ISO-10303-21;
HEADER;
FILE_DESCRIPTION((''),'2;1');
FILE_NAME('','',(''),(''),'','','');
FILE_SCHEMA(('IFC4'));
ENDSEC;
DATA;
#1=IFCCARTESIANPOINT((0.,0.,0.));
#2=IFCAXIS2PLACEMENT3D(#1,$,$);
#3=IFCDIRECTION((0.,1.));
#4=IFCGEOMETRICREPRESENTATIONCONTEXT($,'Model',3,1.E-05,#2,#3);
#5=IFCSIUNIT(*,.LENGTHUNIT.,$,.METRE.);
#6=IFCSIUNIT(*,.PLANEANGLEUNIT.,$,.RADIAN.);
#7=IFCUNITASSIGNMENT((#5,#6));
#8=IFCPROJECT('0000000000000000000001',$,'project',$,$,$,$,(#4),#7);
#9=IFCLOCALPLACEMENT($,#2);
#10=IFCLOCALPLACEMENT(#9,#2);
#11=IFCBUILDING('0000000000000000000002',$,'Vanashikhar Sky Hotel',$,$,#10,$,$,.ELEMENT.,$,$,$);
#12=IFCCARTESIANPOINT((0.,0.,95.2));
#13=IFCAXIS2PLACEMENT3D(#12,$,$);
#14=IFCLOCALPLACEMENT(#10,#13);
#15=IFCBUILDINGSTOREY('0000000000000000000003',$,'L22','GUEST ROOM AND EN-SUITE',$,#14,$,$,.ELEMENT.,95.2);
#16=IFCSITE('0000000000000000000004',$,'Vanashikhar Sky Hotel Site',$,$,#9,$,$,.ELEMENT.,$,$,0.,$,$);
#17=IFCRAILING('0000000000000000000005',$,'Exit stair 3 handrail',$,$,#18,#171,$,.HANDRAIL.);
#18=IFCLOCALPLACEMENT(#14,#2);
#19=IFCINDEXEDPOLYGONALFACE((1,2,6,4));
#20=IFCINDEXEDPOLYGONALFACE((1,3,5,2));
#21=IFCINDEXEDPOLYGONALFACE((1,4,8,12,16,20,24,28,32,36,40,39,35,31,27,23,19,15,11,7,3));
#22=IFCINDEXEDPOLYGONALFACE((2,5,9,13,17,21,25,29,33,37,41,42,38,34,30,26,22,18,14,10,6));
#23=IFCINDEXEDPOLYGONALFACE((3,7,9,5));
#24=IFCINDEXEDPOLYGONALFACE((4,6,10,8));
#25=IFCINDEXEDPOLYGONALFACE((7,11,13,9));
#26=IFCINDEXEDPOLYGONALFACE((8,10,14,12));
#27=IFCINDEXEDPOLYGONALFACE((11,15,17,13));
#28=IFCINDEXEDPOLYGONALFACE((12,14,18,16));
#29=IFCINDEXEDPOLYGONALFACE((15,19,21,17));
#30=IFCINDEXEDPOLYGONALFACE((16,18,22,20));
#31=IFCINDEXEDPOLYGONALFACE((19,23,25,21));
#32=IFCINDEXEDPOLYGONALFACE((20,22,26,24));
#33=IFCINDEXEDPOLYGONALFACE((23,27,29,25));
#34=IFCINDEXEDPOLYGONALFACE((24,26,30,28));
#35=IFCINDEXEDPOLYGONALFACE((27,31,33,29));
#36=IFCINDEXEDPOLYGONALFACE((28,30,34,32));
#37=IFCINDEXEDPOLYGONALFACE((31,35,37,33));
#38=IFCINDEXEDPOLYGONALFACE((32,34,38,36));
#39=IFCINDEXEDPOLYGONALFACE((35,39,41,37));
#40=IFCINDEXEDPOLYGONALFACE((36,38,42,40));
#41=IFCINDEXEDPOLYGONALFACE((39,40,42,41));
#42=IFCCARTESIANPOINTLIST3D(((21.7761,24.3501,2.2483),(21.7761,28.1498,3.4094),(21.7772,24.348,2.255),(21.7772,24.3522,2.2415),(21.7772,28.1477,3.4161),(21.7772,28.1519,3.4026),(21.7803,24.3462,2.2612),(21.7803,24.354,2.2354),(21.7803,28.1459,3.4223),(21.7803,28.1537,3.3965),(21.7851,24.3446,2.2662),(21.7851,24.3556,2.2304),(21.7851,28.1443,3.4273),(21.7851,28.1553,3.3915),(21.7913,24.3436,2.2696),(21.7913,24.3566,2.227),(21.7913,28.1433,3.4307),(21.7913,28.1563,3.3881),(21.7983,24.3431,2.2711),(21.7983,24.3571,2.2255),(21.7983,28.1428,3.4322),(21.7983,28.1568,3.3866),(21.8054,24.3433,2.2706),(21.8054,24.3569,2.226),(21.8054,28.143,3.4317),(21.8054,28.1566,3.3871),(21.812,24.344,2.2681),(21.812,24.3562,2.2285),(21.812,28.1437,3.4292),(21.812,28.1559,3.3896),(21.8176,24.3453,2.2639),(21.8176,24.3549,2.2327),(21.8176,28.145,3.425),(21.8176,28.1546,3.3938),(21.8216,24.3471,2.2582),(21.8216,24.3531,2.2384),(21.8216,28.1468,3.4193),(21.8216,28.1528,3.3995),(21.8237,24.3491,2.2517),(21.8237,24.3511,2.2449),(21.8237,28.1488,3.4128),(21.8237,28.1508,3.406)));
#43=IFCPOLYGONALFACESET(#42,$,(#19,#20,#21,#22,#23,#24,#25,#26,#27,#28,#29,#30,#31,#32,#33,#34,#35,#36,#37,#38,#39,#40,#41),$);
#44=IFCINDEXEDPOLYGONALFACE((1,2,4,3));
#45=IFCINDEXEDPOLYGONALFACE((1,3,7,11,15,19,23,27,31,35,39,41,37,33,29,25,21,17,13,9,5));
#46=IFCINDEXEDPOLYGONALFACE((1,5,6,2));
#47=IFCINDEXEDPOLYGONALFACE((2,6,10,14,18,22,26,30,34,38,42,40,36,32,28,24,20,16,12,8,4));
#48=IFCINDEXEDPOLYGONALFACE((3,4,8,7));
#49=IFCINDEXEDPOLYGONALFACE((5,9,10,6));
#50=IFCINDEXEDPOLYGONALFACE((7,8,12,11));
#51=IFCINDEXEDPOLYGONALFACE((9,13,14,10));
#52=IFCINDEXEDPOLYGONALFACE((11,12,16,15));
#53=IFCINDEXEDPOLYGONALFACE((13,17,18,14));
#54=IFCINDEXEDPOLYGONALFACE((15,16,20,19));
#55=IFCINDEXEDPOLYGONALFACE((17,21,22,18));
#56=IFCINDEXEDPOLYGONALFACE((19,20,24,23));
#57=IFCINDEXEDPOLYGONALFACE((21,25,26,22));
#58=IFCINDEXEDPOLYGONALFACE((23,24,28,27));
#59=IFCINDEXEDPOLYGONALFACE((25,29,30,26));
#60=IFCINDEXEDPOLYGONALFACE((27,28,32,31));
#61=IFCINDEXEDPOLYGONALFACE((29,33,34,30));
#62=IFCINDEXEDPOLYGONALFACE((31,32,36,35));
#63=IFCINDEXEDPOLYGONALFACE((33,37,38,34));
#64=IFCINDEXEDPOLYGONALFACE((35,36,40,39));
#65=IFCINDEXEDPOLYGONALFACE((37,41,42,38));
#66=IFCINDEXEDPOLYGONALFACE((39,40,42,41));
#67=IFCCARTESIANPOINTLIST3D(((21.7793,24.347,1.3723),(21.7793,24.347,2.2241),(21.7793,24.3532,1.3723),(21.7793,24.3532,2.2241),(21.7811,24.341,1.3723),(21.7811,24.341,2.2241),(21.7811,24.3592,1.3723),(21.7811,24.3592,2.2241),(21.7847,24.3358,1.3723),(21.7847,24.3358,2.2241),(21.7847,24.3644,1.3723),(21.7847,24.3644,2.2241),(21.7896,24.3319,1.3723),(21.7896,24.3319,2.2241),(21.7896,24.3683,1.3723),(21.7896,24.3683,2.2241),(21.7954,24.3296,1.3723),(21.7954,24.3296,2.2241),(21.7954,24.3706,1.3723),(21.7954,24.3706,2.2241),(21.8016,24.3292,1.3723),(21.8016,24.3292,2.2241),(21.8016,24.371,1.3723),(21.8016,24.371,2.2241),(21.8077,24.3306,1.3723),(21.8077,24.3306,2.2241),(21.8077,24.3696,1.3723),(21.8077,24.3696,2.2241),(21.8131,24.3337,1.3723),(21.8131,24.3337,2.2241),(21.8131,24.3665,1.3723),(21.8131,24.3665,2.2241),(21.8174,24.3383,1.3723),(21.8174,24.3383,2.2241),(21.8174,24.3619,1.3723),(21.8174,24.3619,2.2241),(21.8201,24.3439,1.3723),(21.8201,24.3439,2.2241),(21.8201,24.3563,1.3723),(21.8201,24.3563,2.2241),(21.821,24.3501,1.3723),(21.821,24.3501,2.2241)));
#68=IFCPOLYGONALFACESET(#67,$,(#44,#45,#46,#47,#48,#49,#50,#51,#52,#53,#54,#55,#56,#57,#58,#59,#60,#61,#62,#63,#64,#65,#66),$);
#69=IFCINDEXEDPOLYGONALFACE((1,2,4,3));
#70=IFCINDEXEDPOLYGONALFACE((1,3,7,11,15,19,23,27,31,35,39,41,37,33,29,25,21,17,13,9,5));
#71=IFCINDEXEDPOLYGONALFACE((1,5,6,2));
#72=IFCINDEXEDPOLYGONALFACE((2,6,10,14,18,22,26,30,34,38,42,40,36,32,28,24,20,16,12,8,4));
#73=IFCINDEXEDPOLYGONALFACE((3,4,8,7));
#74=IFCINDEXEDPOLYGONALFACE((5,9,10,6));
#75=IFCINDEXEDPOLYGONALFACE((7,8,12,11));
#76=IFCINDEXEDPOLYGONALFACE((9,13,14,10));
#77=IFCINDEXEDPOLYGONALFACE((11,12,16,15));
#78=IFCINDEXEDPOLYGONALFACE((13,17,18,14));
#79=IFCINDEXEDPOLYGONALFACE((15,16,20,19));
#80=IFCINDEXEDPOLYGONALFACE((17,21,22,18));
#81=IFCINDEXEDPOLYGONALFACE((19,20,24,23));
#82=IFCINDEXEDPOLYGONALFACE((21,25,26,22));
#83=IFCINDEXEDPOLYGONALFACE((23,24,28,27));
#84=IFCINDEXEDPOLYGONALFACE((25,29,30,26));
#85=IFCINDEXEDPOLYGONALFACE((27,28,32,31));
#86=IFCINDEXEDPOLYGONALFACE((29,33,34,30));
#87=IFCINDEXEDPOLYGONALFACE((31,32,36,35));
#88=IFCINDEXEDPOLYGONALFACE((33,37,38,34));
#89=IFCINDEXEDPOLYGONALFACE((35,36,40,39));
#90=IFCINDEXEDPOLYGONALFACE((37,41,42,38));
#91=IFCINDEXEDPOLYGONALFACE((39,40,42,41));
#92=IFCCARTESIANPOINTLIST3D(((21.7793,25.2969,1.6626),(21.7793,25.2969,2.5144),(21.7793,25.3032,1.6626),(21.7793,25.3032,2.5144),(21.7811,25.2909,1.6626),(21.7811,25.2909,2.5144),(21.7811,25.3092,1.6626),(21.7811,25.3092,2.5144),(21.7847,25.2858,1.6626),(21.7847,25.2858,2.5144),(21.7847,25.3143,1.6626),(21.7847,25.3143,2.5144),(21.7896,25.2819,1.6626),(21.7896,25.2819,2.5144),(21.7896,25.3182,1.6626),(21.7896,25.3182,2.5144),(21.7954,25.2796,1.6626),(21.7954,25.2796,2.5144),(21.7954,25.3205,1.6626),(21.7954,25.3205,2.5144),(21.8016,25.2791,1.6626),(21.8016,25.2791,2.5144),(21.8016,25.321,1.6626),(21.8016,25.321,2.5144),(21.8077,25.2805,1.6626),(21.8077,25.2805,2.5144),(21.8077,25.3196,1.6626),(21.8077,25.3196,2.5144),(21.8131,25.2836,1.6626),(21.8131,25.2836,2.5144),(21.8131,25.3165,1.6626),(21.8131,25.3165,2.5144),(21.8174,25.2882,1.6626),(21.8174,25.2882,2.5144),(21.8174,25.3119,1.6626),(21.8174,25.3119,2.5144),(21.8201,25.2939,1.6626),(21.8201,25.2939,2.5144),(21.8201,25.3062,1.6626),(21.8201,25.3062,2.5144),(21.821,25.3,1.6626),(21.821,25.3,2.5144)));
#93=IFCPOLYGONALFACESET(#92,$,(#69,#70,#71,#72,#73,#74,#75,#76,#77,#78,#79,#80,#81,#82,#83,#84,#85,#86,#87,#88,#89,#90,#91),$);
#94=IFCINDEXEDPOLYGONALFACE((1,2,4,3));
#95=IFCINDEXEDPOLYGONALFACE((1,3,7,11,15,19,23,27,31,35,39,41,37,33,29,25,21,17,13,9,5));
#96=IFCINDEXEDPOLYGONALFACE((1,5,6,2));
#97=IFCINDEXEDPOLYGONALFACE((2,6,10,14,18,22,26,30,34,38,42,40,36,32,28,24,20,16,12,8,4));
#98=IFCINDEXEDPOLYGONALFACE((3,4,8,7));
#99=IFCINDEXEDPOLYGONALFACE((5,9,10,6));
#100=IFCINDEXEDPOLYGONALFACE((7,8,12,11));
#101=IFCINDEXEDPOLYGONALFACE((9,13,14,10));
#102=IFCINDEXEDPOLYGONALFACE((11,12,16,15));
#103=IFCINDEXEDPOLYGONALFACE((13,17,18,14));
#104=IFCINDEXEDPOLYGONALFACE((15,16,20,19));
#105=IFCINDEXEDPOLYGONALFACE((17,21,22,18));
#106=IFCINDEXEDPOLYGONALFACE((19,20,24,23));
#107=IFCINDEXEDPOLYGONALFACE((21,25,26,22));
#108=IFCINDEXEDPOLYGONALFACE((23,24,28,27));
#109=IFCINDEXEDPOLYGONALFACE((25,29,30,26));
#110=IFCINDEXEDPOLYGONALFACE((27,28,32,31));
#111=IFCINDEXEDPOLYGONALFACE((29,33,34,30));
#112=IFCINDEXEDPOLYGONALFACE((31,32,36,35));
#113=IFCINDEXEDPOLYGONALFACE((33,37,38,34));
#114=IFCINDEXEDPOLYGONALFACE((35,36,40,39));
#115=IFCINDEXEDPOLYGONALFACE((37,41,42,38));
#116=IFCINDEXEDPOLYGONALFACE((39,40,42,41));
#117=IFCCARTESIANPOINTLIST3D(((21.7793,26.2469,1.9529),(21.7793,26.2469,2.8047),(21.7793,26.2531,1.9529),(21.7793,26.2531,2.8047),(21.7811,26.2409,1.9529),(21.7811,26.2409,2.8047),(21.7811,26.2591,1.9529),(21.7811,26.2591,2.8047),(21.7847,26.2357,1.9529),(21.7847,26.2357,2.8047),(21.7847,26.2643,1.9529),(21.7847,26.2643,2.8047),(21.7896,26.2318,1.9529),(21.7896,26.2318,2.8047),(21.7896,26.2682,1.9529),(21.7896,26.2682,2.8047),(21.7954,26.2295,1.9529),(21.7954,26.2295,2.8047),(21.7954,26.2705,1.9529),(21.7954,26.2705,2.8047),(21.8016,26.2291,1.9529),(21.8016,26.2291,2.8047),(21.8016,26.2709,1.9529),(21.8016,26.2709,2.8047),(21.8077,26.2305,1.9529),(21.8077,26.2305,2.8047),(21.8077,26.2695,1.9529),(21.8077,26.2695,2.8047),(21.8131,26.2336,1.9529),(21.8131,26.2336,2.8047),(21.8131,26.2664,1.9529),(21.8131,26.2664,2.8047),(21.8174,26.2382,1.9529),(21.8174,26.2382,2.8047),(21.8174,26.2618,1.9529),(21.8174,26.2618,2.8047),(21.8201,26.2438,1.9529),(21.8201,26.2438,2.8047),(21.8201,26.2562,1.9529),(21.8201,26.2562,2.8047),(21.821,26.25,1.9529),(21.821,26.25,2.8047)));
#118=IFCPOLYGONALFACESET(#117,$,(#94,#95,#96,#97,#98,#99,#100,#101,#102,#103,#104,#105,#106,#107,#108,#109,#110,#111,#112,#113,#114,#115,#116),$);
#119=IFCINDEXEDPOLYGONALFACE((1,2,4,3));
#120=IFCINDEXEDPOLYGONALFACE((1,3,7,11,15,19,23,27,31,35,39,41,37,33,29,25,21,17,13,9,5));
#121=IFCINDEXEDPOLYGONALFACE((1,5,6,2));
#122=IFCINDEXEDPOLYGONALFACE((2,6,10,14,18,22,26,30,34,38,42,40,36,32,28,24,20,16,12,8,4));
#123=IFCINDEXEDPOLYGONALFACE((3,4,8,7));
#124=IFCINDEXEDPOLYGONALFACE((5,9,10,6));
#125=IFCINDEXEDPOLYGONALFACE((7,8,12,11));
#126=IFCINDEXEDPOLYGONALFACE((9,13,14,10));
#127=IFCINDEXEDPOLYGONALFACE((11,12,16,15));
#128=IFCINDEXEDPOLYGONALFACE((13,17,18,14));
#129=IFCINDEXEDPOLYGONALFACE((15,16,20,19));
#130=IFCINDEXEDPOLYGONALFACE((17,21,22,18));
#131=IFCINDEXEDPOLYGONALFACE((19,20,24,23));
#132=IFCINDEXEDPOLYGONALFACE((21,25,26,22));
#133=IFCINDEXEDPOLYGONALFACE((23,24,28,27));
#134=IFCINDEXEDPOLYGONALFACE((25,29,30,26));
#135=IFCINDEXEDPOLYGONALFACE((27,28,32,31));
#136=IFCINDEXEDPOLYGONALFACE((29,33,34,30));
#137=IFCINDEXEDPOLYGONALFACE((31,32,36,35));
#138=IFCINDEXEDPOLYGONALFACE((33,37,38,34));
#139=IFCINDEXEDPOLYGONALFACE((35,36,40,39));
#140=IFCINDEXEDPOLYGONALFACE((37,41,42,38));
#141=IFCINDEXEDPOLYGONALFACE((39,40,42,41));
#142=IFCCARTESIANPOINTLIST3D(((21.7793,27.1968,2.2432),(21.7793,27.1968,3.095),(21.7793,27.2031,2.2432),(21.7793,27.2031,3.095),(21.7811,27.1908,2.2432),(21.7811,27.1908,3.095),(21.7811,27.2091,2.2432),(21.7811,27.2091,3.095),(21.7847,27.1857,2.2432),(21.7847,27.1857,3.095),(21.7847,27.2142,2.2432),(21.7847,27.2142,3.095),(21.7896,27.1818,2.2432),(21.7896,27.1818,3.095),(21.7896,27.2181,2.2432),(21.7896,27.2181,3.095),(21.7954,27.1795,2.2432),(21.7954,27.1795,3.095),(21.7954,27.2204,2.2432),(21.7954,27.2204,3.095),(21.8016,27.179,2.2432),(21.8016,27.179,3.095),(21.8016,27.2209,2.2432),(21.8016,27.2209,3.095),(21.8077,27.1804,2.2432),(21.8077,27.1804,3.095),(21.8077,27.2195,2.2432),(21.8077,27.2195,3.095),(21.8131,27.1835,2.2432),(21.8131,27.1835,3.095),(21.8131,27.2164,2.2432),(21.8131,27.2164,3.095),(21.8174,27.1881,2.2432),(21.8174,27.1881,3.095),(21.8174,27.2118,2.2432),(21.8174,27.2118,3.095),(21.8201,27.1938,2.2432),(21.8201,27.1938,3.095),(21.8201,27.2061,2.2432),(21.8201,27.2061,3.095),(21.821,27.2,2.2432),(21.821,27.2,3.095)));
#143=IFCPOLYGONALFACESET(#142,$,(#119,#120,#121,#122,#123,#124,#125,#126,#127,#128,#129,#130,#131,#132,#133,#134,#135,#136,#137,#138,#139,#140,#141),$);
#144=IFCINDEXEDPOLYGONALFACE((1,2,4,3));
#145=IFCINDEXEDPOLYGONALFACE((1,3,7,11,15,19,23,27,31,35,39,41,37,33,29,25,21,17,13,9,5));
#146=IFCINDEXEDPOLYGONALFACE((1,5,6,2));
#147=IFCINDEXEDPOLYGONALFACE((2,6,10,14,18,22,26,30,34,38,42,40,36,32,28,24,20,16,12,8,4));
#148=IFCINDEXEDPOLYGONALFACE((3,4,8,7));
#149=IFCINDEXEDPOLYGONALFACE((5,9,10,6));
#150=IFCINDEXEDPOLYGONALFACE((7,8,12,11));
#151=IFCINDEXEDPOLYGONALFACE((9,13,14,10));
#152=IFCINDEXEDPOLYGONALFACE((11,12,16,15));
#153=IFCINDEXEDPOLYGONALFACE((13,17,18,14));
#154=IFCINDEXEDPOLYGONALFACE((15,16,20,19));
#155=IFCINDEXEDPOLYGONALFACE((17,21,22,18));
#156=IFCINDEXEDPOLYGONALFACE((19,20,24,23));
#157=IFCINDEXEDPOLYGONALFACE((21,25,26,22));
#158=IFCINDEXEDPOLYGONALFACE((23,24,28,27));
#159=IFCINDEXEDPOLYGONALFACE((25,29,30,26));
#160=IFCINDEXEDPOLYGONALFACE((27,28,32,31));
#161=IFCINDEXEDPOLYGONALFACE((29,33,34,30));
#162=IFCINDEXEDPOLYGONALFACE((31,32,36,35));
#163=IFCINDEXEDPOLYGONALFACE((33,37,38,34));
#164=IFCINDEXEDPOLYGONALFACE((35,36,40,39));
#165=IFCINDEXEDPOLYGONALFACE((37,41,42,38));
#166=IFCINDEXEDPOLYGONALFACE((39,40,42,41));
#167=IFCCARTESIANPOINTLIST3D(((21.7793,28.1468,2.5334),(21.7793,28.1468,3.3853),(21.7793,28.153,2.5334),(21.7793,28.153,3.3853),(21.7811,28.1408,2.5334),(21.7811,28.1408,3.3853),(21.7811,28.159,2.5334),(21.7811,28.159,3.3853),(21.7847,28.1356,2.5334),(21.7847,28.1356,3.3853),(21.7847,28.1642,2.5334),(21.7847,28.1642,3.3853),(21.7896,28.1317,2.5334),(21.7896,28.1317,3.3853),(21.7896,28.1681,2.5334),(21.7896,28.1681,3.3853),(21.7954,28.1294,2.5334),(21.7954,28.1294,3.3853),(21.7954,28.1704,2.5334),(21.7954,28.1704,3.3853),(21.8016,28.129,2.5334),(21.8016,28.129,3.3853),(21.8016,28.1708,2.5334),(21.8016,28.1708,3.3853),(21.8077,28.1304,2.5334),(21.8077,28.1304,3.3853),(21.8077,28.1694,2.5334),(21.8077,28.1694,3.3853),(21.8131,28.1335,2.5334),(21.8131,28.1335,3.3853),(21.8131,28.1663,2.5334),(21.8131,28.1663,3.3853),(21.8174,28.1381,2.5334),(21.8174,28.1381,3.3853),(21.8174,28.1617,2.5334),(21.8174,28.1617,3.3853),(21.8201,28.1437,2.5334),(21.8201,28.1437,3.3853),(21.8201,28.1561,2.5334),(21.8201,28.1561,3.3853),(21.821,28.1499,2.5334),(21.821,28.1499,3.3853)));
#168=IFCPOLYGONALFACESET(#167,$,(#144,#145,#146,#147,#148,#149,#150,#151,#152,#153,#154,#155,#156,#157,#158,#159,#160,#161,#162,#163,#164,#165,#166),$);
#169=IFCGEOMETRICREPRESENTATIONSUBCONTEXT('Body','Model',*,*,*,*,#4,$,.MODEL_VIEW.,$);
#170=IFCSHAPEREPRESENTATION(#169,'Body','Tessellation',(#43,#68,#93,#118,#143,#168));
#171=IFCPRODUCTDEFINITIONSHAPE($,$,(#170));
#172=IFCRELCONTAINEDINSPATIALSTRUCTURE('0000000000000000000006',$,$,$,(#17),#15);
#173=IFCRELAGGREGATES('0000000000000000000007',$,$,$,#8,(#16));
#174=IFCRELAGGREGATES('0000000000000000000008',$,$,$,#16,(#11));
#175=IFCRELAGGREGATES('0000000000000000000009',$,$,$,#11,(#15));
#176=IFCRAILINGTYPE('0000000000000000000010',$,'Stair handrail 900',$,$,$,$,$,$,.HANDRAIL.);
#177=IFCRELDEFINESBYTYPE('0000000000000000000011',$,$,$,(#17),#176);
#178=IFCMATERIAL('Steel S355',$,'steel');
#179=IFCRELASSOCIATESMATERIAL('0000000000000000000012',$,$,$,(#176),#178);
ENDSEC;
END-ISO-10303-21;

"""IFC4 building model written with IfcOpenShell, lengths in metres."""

from ifc_helpers import new_model, si_unit, direction, frame, origin, origin_2d, place, context, subcontext, project, spatial, circle, extrude, source, transform, mapped, material, type_object, element, save


model = new_model("IFC4")

# Units and contexts
model_context = context("Model", 3, precision=1e-05, world=origin(), true_north=direction((0.0, 1.0)))
body_context = subcontext(model_context, "Body", "Model", "MODEL_VIEW")
ifc_project = project(units=[si_unit("LENGTHUNIT", "METRE"), si_unit("PLANEANGLEUNIT", "RADIAN")], contexts=[model_context])

# Site, building, storey
site_placement = place(None, origin())
site = spatial("IfcSite", under=ifc_project, at=site_placement, Name="Vanashikhar Sky Hotel Site", CompositionType="ELEMENT", RefElevation=0.0)
building_placement = place(site_placement, origin())
building = spatial("IfcBuilding", under=site, at=building_placement, Name="Vanashikhar Sky Hotel", CompositionType="ELEMENT")
storey_placement = place(building_placement, frame((0.0, 0.0, 95.2)))
storey = spatial("IfcBuildingStorey", under=building, at=storey_placement, Name="L22", Description="GUEST ROOM AND EN-SUITE", CompositionType="ELEMENT", Elevation=95.2)

# Railing
ifc_material_1 = material(Name="Steel S355", Category="steel")
railing_type = type_object("IfcRailingType", Name="Stair handrail 900", PredefinedType="HANDRAIL", material=ifc_material_1)
shared_shape_1 = source(origin(), body_context, "Body", "SweptSolid", [
    extrude(circle(Radius=0.0239, at=origin_2d()), frame((0.0, 0.0, 0.876), z_axis=(0.0, 0.956346, 0.292237), x_axis=(-1.0, 0.0, 0.0)), (0.0, 0.0, 1.0), 3.9731),
    extrude(circle(Radius=0.021, at=origin_2d()), origin(), (0.0, 0.0, 1.0), 0.8518),
    extrude(circle(Radius=0.021, at=origin_2d()), frame((0.0, 0.95, 0.2903)), (0.0, 0.0, 1.0), 0.8518),
    extrude(circle(Radius=0.021, at=origin_2d()), frame((0.0, 1.8999, 0.5806)), (0.0, 0.0, 1.0), 0.8518),
    extrude(circle(Radius=0.021, at=origin_2d()), frame((0.0, 2.8499, 0.8708)), (0.0, 0.0, 1.0), 0.8518),
    extrude(circle(Radius=0.021, at=origin_2d()), frame((0.0, 3.7998, 1.1611)), (0.0, 0.0, 1.0), 0.8518),
])
railing_1_placement = place(storey_placement, frame((21.8, 24.3501, 1.3723)))
element("IfcRailing", 1, at=railing_1_placement, inside=storey, type_object=railing_type, Name="Exit stair 3 handrail", PredefinedType="HANDRAIL", context=body_context, shape_type="MappedRepresentation", body=[
    mapped(shared_shape_1, transform((0.0, 0.0, 0.0), scale=1.0)),
])

save(model, "model.ifc")
